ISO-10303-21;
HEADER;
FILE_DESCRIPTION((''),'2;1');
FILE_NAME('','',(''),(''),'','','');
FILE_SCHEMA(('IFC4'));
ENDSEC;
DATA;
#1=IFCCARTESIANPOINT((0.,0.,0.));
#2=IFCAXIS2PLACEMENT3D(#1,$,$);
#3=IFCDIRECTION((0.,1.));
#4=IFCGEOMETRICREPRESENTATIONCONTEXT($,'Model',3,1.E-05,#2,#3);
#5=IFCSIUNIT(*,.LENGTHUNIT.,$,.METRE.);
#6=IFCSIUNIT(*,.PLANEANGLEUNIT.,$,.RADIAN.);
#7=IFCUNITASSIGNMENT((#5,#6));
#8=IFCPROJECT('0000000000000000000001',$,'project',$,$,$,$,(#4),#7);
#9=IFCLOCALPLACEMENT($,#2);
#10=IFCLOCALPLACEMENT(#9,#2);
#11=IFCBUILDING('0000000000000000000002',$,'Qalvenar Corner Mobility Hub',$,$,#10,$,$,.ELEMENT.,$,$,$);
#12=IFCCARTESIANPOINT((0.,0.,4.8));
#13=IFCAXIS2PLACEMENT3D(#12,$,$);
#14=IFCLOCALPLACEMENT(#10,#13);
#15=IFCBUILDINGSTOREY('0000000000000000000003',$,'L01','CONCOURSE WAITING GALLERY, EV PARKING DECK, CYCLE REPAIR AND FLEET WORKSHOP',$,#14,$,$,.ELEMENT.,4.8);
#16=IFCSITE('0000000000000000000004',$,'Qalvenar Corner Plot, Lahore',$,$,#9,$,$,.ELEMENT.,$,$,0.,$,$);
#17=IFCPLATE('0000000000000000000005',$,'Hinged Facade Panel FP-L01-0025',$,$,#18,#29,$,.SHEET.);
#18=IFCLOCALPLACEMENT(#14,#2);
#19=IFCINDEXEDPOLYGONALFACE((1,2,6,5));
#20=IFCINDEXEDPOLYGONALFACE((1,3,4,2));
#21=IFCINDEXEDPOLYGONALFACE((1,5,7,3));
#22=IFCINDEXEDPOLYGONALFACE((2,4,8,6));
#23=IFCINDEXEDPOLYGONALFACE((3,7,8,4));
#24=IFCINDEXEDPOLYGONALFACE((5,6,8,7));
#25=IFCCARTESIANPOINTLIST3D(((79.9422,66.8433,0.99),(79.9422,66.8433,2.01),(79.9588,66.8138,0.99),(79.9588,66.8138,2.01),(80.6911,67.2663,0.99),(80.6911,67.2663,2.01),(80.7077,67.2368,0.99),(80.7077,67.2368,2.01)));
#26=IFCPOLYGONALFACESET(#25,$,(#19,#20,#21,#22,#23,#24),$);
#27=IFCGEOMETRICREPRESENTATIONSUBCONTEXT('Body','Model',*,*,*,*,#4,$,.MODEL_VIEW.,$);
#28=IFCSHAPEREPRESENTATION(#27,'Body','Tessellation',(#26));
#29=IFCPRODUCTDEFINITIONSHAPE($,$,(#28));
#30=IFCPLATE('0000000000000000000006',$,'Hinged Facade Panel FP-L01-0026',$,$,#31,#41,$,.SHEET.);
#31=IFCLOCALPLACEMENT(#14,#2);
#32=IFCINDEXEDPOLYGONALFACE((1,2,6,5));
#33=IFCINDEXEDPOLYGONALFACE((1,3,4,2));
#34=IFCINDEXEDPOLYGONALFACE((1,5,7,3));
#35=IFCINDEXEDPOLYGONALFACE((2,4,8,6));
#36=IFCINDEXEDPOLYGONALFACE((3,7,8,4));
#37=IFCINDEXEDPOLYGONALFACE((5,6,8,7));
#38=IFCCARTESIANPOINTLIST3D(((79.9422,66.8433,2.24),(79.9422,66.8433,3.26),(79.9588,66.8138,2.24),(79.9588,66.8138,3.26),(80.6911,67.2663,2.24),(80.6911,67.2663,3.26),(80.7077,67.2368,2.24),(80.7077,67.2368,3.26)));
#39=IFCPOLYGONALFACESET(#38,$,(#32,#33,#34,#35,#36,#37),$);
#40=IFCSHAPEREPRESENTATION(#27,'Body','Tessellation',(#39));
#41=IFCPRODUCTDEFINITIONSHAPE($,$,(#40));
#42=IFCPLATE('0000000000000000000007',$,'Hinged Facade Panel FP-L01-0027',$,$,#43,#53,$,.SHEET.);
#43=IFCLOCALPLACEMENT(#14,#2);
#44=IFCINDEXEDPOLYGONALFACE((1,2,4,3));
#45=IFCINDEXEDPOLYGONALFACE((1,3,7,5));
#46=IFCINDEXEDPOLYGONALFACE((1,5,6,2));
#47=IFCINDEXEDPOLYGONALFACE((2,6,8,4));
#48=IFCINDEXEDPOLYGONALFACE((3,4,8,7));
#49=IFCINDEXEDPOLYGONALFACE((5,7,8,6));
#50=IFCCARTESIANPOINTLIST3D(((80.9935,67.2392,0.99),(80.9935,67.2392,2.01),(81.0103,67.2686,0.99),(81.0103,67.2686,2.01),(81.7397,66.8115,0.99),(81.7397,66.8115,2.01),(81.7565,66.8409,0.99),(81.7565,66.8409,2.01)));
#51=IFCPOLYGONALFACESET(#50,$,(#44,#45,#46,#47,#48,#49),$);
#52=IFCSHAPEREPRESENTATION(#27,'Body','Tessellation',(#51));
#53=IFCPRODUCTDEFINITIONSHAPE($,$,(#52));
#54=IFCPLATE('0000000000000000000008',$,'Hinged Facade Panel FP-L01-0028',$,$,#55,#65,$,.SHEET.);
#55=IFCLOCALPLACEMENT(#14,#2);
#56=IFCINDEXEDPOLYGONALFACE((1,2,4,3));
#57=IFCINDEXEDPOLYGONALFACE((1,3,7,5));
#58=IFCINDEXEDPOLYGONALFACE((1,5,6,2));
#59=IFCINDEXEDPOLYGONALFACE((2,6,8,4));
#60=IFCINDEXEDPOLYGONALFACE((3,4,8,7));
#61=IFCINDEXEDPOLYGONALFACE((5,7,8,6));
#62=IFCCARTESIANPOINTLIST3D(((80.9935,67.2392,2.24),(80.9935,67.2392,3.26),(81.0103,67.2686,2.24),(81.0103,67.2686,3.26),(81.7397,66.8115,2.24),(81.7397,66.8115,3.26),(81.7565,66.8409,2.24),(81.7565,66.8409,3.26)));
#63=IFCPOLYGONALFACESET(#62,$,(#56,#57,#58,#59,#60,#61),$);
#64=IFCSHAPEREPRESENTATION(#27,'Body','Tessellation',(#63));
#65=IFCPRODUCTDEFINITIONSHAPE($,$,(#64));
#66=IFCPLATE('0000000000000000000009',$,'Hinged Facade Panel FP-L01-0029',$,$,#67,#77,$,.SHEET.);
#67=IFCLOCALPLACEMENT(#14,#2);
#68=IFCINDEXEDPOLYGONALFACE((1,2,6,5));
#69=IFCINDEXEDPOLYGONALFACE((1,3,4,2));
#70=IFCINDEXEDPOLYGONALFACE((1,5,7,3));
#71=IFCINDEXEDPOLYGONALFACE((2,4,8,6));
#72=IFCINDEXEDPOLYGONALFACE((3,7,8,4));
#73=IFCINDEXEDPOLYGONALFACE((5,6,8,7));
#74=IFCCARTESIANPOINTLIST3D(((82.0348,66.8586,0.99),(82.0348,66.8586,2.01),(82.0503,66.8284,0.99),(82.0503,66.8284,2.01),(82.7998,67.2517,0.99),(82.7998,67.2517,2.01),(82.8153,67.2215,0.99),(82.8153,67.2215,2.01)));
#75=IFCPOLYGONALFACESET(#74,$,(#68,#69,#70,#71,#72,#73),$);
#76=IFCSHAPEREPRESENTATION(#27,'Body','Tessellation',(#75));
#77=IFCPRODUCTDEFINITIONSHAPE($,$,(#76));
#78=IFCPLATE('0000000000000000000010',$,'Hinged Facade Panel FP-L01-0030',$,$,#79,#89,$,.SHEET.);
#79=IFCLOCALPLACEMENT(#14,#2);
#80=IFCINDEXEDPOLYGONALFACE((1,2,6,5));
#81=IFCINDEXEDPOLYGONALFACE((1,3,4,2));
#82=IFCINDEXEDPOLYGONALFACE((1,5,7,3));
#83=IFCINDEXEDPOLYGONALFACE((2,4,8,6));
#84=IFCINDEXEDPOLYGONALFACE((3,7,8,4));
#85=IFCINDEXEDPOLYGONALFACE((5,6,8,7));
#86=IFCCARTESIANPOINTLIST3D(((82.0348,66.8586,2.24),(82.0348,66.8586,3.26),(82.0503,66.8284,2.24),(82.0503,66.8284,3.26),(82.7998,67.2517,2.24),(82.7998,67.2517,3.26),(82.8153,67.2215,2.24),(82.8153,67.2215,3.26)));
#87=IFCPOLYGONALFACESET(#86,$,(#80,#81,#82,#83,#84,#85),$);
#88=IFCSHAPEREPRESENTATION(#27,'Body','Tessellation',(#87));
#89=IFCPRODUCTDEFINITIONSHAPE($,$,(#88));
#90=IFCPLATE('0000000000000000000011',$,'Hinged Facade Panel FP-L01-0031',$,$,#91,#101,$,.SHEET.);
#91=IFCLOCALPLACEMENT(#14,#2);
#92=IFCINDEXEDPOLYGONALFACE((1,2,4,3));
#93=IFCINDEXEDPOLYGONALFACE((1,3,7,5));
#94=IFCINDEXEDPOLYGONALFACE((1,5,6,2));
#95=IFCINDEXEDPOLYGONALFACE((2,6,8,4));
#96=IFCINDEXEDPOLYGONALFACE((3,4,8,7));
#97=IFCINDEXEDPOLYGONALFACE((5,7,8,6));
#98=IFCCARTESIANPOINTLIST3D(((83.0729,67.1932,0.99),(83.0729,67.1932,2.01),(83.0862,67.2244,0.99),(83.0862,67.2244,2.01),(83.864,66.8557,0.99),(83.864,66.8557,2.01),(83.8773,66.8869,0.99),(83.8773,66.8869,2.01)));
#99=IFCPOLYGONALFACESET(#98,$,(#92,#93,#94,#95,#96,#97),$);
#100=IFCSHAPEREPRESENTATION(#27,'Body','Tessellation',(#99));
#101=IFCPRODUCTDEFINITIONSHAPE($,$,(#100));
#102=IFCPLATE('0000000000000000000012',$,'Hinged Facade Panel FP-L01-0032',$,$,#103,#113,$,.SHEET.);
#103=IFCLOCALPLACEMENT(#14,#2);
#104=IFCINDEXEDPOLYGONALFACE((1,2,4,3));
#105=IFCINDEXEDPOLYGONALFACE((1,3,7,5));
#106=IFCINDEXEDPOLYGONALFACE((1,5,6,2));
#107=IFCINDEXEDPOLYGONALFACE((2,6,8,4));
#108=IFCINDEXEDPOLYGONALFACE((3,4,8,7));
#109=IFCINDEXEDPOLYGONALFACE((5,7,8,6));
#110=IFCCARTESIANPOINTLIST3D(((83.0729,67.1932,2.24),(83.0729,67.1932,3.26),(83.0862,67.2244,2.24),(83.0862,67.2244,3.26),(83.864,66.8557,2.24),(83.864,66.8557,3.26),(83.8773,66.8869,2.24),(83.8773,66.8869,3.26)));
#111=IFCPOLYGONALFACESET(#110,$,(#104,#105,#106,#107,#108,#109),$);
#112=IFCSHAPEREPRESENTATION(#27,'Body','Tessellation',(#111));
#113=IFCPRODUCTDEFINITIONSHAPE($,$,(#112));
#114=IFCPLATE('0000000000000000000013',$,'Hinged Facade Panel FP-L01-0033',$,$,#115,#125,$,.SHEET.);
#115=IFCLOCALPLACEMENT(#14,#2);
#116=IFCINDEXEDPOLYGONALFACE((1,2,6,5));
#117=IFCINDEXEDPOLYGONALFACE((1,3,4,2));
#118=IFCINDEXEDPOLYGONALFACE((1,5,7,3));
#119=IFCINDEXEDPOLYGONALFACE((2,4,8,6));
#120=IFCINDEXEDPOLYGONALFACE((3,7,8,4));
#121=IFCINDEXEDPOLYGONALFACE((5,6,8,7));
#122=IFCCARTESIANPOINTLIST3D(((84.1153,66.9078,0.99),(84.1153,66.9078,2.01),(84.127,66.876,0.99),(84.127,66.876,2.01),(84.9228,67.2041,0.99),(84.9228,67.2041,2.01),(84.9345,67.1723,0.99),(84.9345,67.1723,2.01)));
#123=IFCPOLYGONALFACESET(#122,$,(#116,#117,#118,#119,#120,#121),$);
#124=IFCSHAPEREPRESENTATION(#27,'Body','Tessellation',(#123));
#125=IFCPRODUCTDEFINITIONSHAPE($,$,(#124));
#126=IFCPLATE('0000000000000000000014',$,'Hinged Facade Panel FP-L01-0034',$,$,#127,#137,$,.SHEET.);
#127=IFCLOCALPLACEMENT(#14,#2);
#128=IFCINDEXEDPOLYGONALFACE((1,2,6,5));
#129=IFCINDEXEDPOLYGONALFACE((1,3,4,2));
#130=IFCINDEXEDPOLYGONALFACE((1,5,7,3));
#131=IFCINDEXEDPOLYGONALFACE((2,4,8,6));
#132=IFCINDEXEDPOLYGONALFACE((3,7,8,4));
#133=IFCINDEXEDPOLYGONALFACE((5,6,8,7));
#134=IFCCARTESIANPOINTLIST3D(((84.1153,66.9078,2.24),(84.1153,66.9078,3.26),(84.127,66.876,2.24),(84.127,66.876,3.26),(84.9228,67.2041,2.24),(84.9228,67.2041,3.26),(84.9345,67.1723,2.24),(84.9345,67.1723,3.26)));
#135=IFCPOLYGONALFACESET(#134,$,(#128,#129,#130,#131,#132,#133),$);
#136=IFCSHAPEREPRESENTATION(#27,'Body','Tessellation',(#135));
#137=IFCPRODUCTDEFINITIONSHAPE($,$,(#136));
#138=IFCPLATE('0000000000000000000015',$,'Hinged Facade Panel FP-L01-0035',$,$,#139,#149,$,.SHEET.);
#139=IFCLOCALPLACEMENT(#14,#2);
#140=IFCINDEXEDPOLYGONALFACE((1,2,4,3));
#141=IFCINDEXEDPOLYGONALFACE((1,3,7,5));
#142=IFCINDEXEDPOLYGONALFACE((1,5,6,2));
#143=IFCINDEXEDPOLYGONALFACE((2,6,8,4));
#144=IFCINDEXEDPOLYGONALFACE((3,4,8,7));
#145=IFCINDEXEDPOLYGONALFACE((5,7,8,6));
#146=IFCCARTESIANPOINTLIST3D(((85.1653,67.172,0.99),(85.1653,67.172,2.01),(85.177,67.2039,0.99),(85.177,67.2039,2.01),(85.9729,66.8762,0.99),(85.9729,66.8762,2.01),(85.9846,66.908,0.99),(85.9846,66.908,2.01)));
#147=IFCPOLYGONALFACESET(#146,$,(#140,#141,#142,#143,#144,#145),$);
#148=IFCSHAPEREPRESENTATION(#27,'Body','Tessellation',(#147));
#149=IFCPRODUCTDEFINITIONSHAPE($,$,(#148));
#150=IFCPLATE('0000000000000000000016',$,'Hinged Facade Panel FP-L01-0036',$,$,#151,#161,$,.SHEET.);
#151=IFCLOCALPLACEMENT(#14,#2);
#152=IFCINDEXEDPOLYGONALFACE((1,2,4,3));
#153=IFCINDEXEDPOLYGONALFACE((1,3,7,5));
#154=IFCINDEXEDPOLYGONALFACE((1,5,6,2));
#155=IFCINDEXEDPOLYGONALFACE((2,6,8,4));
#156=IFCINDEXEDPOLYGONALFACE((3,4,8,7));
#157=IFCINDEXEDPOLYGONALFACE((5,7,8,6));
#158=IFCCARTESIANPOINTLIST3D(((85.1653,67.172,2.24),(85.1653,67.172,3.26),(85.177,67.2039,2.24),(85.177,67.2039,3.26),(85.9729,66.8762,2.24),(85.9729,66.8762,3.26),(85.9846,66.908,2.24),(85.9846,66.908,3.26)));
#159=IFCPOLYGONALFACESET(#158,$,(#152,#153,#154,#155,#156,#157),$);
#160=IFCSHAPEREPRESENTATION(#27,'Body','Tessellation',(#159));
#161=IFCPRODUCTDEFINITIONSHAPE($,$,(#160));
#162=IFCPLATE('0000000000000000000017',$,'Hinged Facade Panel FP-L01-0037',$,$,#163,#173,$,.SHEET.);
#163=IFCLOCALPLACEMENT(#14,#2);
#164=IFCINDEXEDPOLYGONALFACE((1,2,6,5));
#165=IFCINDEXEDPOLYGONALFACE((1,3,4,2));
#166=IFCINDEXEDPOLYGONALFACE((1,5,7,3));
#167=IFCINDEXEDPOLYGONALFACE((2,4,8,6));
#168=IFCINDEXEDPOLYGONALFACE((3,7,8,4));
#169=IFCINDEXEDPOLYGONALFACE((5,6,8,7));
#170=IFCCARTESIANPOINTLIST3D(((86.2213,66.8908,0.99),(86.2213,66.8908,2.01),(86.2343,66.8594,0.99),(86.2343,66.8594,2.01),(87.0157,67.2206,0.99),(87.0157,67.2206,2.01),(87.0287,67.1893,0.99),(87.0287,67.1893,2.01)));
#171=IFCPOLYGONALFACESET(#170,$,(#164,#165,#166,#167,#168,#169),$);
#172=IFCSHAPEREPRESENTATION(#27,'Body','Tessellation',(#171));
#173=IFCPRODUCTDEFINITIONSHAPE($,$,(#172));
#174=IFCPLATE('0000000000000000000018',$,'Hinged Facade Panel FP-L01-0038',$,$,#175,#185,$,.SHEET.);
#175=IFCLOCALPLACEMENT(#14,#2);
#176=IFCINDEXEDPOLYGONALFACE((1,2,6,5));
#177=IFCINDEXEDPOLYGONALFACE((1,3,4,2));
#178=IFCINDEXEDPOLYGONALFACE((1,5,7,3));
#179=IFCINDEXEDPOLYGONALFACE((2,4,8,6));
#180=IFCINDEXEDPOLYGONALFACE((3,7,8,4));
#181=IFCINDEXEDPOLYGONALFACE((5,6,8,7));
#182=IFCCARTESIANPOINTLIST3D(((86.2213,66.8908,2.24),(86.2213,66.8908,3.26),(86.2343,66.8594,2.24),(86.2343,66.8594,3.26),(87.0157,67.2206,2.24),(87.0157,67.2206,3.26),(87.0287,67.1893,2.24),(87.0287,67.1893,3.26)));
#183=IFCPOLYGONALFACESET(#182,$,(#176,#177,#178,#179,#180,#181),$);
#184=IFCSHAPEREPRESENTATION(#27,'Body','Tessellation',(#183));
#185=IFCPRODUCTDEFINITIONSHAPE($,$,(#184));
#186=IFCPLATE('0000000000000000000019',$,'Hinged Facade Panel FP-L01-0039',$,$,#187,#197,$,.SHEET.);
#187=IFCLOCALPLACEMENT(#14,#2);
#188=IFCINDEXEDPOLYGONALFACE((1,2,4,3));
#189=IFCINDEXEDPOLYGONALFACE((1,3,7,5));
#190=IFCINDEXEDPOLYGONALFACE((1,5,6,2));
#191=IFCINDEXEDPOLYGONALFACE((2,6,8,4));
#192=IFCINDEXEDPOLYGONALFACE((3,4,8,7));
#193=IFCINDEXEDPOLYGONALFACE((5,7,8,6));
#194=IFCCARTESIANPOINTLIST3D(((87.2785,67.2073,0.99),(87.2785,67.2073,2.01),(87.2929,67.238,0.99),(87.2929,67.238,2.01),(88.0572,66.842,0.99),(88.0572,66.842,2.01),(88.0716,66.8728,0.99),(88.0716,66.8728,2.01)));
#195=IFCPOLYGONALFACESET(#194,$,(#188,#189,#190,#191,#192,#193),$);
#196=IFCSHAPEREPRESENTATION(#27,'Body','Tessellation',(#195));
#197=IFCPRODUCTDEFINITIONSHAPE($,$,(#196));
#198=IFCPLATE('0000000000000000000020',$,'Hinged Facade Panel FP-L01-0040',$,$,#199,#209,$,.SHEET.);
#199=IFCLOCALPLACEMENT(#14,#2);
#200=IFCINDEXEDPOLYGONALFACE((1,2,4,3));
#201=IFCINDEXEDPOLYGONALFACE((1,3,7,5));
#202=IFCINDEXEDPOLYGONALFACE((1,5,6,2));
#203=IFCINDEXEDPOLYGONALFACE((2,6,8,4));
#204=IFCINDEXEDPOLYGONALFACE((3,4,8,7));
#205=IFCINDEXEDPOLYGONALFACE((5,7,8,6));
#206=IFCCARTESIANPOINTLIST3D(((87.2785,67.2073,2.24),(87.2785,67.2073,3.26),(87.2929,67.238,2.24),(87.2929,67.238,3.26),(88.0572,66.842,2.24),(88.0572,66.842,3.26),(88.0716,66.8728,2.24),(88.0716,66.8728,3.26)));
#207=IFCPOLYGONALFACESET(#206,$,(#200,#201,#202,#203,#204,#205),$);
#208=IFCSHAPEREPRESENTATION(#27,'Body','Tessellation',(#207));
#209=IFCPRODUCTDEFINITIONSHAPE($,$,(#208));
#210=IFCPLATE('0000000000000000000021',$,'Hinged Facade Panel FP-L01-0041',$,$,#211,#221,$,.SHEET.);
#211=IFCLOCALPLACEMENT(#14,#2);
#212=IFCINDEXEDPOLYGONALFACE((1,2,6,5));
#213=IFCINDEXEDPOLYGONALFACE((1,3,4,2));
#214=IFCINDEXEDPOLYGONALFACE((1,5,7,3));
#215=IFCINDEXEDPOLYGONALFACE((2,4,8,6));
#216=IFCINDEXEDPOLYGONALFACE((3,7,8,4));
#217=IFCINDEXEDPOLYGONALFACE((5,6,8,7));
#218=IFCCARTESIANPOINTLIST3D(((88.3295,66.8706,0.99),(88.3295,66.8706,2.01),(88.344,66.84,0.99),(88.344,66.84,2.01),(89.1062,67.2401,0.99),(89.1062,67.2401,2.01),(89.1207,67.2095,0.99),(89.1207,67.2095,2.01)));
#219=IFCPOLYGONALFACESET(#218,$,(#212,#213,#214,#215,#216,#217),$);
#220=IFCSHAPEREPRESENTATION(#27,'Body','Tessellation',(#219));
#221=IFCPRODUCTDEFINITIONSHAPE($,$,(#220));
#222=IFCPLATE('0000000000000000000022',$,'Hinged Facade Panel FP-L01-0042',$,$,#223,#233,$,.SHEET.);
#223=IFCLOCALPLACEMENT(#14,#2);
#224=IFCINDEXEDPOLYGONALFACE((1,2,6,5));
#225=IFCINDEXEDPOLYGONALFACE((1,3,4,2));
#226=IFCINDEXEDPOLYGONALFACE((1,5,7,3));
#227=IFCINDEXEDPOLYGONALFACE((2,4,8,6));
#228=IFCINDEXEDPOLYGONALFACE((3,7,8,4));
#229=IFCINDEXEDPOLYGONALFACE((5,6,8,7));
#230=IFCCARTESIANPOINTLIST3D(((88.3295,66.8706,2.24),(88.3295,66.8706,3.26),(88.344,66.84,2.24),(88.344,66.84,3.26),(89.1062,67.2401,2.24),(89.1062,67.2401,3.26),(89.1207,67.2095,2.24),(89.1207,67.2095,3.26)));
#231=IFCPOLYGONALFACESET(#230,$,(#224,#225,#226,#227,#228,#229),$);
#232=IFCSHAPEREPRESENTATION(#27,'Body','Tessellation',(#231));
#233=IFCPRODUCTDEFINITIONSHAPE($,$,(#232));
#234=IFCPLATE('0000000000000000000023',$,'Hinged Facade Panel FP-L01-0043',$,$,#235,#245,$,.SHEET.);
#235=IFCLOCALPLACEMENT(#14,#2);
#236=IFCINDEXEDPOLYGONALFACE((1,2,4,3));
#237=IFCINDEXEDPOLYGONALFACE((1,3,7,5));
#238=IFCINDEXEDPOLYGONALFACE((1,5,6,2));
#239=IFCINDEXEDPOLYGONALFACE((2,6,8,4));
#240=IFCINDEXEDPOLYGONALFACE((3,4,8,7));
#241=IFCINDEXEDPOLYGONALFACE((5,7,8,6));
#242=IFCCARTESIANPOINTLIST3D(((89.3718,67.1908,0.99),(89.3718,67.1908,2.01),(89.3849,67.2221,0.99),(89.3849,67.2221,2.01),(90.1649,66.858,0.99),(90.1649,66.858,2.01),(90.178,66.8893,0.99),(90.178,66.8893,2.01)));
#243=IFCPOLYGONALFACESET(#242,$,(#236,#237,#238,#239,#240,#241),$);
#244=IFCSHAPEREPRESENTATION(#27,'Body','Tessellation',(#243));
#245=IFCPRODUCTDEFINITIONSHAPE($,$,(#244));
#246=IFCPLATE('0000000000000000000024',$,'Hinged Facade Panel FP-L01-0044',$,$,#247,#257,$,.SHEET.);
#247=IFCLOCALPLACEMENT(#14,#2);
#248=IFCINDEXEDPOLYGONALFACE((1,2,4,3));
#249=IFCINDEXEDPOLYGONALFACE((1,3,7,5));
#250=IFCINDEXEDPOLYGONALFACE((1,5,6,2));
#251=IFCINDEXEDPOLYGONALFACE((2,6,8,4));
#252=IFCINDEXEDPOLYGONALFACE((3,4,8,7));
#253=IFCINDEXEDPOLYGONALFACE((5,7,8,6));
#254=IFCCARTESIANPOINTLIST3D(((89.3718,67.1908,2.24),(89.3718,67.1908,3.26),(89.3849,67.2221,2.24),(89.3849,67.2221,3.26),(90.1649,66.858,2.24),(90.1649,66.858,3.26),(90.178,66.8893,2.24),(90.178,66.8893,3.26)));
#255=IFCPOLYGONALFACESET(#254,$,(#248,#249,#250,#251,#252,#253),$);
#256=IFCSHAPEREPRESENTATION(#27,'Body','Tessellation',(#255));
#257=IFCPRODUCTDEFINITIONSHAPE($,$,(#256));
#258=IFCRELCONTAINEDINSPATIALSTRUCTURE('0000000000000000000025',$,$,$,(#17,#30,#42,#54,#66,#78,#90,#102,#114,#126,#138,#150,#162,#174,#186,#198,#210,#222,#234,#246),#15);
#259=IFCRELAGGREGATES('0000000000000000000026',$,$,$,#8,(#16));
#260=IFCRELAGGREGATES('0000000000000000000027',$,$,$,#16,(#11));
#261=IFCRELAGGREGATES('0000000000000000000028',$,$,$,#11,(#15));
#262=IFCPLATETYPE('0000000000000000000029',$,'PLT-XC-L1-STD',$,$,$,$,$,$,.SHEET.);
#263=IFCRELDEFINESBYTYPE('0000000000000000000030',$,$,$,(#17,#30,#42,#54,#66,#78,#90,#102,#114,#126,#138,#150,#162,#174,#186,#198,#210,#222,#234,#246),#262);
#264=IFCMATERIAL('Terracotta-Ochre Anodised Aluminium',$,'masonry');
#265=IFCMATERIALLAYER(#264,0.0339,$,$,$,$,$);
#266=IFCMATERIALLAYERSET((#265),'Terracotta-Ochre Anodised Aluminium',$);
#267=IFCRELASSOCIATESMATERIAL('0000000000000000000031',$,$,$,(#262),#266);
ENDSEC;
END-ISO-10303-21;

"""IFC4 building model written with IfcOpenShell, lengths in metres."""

from ifc_helpers import new_model, si_unit, direction, frame, origin, origin_2d, place, context, subcontext, project, spatial, rectangle, extrude, material, layer, layer_set, type_object, element, save


model = new_model("IFC4")

# Units and contexts
model_context = context("Model", 3, precision=1e-05, world=origin(), true_north=direction((0.0, 1.0)))
body_context = subcontext(model_context, "Body", "Model", "MODEL_VIEW")
ifc_project = project(units=[si_unit("LENGTHUNIT", "METRE"), si_unit("PLANEANGLEUNIT", "RADIAN")], contexts=[model_context])

# Site, building, storey
site_placement = place(None, origin())
site = spatial("IfcSite", under=ifc_project, at=site_placement, Name="Qalvenar Corner Plot, Lahore", CompositionType="ELEMENT", RefElevation=0.0)
building_placement = place(site_placement, origin())
building = spatial("IfcBuilding", under=site, at=building_placement, Name="Qalvenar Corner Mobility Hub", CompositionType="ELEMENT")
storey_placement = place(building_placement, frame((0.0, 0.0, 4.8)))
storey = spatial("IfcBuildingStorey", under=building, at=storey_placement, Name="L01", Description="CONCOURSE WAITING GALLERY, EV PARKING DECK, CYCLE REPAIR AND FLEET WORKSHOP", CompositionType="ELEMENT", Elevation=4.8)

# Plates
ifc_material = material(Name="Terracotta-Ochre Anodised Aluminium", Category="masonry")
ifc_layer = layer(ifc_material, 0.0339)
ifc_layer_set = layer_set([ifc_layer], Name="Terracotta-Ochre Anodised Aluminium")
plate_type = type_object("IfcPlateType", Name="PLT-XC-L1-STD", PredefinedType="SHEET", material=ifc_layer_set)
for number, where, z_axis, x_axis, name in (
    (1, (80.325, 67.04, 0.99), (0.0, 0.0, 1.0), (0.870699, 0.491816, 0.0), "Hinged Facade Panel FP-L01-0025"),
    (2, (80.325, 67.04, 2.24), (0.0, 0.0, 1.0), (0.870699, 0.491816, 0.0), "Hinged Facade Panel FP-L01-0026"),
    (3, (81.375, 67.04, 0.99), (0.0, 0.0, 1.0), (0.867592, -0.497277, 0.0), "Hinged Facade Panel FP-L01-0027"),
    (4, (81.375, 67.04, 2.24), (0.0, 0.0, 1.0), (0.867592, -0.497277, 0.0), "Hinged Facade Panel FP-L01-0028"),
    (5, (82.425, 67.04, 0.99), (0.0, 0.0, 1.0), (0.889416, 0.457098, 0.0), "Hinged Facade Panel FP-L01-0029"),
    (6, (82.425, 67.04, 2.24), (0.0, 0.0, 1.0), (0.889416, 0.457098, 0.0), "Hinged Facade Panel FP-L01-0030"),
    (7, (83.4751, 67.04, 0.99), (0.0, 0.0, 1.0), (0.919821, -0.392337, 0.0), "Hinged Facade Panel FP-L01-0031"),
    (8, (83.4751, 67.04, 2.24), (0.0, 0.0, 1.0), (0.919821, -0.392337, 0.0), "Hinged Facade Panel FP-L01-0032"),
    (9, (84.5249, 67.04, 0.99), (0.0, 0.0, 1.0), (0.938794, 0.344479, 0.0), "Hinged Facade Panel FP-L01-0033"),
    (10, (84.5249, 67.04, 2.24), (0.0, 0.0, 1.0), (0.938794, 0.344479, 0.0), "Hinged Facade Panel FP-L01-0034"),
    (11, (85.575, 67.04, 0.99), (0.0, 0.0, 1.0), (0.938974, -0.343987, 0.0), "Hinged Facade Panel FP-L01-0035"),
    (12, (85.575, 67.04, 2.24), (0.0, 0.0, 1.0), (0.938974, -0.343987, 0.0), "Hinged Facade Panel FP-L01-0036"),
    (13, (86.625, 67.04, 0.99), (0.0, 0.0, 1.0), (0.923545, 0.38349, 0.0), "Hinged Facade Panel FP-L01-0037"),
    (14, (86.625, 67.04, 2.24), (0.0, 0.0, 1.0), (0.923545, 0.38349, 0.0), "Hinged Facade Panel FP-L01-0038"),
    (15, (87.675, 67.04, 0.99), (0.0, 0.0, 1.0), (0.905347, -0.424674, 0.0), "Hinged Facade Panel FP-L01-0039"),
    (16, (87.675, 67.04, 2.24), (0.0, 0.0, 1.0), (0.905347, -0.424674, 0.0), "Hinged Facade Panel FP-L01-0040"),
    (17, (88.7251, 67.04, 0.99), (0.0, 0.0, 1.0), (0.903036, 0.429566, 0.0), "Hinged Facade Panel FP-L01-0041"),
    (18, (88.7251, 67.04, 2.24), (0.0, 0.0, 1.0), (0.903036, 0.429566, 0.0), "Hinged Facade Panel FP-L01-0042"),
    (19, (89.7749, 67.04, 0.99), (0.0, 0.0, 1.0), (0.922133, -0.386872, 0.0), "Hinged Facade Panel FP-L01-0043"),
    (20, (89.7749, 67.04, 2.24), (0.0, 0.0, 1.0), (0.922133, -0.386872, 0.0), "Hinged Facade Panel FP-L01-0044"),
):
    element("IfcPlate", number, at=place(storey_placement, frame(where, z_axis=z_axis, x_axis=x_axis)), inside=storey, type_object=plate_type, Name=name, PredefinedType="SHEET", context=body_context, shape_type="SweptSolid", body=[
        extrude(rectangle(XDim=0.8601, YDim=0.0339, at=origin_2d()), origin(), (0.0, 0.0, 1.0), 1.02),
    ])

save(model, "model.ifc")
